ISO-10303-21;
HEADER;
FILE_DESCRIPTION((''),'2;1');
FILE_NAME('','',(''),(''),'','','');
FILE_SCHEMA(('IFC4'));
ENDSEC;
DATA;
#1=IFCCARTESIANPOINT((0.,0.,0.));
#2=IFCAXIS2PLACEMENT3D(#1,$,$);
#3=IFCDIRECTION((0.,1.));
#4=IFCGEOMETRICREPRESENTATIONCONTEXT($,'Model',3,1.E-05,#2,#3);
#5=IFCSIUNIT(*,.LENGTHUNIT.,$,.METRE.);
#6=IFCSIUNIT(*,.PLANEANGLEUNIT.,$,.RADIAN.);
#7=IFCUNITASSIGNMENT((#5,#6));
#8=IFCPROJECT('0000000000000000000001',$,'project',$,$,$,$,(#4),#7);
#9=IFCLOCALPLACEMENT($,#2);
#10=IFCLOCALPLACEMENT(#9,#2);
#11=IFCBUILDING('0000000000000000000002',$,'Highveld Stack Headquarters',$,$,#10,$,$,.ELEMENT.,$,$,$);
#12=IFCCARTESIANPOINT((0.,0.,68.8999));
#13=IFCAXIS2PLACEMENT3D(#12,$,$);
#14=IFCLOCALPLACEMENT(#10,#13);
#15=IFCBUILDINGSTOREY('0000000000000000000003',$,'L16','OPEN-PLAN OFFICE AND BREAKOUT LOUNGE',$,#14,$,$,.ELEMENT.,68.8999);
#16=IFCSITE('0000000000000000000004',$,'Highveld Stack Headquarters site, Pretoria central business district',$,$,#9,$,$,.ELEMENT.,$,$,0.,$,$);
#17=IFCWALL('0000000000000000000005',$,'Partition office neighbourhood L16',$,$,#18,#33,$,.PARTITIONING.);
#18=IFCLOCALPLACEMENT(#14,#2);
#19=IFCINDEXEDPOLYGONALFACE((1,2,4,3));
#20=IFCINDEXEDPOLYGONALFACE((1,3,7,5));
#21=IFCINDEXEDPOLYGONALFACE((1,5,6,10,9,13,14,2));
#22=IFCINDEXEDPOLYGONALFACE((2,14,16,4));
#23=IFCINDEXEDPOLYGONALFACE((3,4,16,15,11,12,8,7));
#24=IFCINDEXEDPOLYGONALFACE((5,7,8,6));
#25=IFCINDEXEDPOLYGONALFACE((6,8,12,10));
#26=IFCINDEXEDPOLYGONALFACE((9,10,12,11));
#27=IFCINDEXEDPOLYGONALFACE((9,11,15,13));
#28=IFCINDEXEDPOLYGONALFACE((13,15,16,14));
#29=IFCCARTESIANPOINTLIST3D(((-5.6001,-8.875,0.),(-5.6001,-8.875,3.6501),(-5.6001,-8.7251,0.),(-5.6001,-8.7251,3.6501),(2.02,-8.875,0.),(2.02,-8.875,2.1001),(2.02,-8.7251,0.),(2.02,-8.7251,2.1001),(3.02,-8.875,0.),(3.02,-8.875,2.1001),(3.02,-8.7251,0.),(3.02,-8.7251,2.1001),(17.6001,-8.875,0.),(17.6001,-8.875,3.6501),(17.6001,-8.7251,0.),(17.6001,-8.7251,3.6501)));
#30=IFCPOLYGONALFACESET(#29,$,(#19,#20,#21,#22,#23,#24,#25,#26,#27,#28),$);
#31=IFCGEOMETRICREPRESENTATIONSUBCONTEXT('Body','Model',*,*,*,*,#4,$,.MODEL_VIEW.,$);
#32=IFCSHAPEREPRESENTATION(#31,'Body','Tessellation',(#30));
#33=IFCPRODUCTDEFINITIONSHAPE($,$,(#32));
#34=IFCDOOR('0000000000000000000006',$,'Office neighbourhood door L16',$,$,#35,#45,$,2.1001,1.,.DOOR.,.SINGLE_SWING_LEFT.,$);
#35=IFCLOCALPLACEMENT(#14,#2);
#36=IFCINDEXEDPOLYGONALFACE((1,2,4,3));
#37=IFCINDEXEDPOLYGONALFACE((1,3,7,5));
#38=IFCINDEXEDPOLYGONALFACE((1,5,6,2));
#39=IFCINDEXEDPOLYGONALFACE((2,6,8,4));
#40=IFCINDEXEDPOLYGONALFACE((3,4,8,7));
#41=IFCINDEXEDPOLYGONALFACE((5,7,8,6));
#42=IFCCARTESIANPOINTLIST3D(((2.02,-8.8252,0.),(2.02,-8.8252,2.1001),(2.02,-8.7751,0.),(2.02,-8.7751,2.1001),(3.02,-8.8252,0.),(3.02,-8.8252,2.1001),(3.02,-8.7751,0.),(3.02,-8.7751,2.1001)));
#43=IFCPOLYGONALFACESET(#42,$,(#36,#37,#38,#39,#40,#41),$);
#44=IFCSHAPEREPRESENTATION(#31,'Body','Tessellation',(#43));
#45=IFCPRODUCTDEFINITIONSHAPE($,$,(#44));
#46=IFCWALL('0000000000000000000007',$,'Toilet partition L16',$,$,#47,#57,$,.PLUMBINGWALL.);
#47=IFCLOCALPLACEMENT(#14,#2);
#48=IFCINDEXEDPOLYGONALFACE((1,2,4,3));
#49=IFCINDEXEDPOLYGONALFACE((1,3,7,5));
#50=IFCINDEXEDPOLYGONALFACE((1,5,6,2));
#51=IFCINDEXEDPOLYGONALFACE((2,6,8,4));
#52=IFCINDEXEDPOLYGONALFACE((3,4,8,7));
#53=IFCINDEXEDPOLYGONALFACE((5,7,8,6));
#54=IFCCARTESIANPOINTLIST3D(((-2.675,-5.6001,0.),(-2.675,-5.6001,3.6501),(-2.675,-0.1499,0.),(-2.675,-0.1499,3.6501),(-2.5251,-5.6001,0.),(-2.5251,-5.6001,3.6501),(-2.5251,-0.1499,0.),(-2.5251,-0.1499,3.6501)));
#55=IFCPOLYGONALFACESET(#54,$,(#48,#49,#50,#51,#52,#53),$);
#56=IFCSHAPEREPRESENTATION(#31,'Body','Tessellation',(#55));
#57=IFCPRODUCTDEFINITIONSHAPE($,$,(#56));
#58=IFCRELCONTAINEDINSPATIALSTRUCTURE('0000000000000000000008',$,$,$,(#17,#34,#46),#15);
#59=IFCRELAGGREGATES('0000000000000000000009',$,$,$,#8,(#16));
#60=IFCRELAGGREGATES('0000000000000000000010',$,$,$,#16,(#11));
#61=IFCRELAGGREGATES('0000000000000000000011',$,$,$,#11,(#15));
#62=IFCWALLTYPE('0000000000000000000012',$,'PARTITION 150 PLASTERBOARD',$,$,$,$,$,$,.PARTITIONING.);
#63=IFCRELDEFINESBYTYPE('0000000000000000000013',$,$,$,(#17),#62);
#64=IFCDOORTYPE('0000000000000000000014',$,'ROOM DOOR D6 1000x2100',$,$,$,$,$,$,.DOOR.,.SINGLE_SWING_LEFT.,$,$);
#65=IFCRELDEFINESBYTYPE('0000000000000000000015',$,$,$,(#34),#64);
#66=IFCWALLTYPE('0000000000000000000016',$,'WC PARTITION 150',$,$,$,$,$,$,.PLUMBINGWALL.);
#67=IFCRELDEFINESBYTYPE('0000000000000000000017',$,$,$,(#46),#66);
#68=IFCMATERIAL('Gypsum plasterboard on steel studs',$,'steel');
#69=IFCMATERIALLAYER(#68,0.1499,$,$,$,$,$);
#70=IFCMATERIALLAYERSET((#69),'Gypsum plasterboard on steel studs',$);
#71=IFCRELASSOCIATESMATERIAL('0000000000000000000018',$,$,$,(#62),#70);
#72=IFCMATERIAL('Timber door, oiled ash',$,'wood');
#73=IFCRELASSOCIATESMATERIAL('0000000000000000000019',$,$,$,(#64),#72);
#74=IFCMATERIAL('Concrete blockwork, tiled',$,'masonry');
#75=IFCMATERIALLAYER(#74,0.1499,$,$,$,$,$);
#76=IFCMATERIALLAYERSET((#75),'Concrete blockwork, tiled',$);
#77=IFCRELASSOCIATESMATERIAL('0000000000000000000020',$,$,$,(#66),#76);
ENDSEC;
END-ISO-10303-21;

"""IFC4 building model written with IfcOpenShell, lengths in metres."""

from ifc_helpers import new_model, si_unit, direction, frame, frame_2d, origin, place, context, subcontext, project, spatial, rectangle, extrude, material, layer, layer_set, type_object, element, fill, save


model = new_model("IFC4")

# Units and contexts
model_context = context("Model", 3, precision=1e-05, world=origin(), true_north=direction((0.0, 1.0)))
body_context = subcontext(model_context, "Body", "Model", "MODEL_VIEW")
ifc_project = project(units=[si_unit("LENGTHUNIT", "METRE"), si_unit("PLANEANGLEUNIT", "RADIAN")], contexts=[model_context])

# Site, building, storey
site_placement = place(None, origin())
site = spatial("IfcSite", under=ifc_project, at=site_placement, Name="Highveld Stack Headquarters site, Pretoria central business district", CompositionType="ELEMENT", RefElevation=0.0)
building_placement = place(site_placement, origin())
building = spatial("IfcBuilding", under=site, at=building_placement, Name="Highveld Stack Headquarters", CompositionType="ELEMENT")
storey_placement = place(building_placement, frame((0.0, 0.0, 68.8999)))
storey = spatial("IfcBuildingStorey", under=building, at=storey_placement, Name="L16", Description="OPEN-PLAN OFFICE AND BREAKOUT LOUNGE", CompositionType="ELEMENT", Elevation=68.8999)

# Shared definitions
ifc_material_1 = material(Name="Gypsum plasterboard on steel studs", Category="steel")
ifc_layer_1 = layer(ifc_material_1, 0.1499)
ifc_layer_set_1 = layer_set([ifc_layer_1], Name="Gypsum plasterboard on steel studs")
wall_type_1 = type_object("IfcWallType", Name="PARTITION 150 PLASTERBOARD", PredefinedType="PARTITIONING", material=ifc_layer_set_1)
ifc_material_2 = material(Name="Timber door, oiled ash", Category="wood")
door_type_1 = type_object("IfcDoorType", Name="ROOM DOOR D6 1000x2100", OperationType="SINGLE_SWING_LEFT", PredefinedType="DOOR", material=ifc_material_2)

# Wall, opening, door
wall_1_placement = place(storey_placement, frame((-5.6001, -8.8, 0.0), z_axis=(0.0, 0.0, 1.0), x_axis=(1.0, 0.0, 0.0)))
wall_1 = element("IfcWall", 1, at=wall_1_placement, inside=storey, type_object=wall_type_1, Name="Partition office neighbourhood L16", PredefinedType="PARTITIONING", context=body_context, shape_type="SweptSolid", body=[
    extrude(rectangle(XDim=23.2002, YDim=0.1499, at=frame_2d((11.6001, 0.0))), origin(), (0.0, 0.0, 1.0), 3.6501),
])
opening_1_placement = place(wall_1_placement, frame((7.6201, 0.0, 0.0)))
opening_1 = element("IfcOpeningElement", 2, at=opening_1_placement, cuts=wall_1, PredefinedType="OPENING", context=body_context, shape_type="SweptSolid", body=[
    extrude(rectangle(XDim=1.0, YDim=2.1001, at=frame_2d((0.5, 1.05))), frame((0.0, 0.085, 0.0), z_axis=(0.0, -1.0, 0.0), x_axis=(1.0, 0.0, 0.0)), (0.0, 0.0, 1.0), 0.1699),
])
door_1_placement = place(opening_1_placement, origin())
door_1 = element("IfcDoor", 3, at=door_1_placement, inside=storey, type_object=door_type_1, Name="Office neighbourhood door L16", OperationType="SINGLE_SWING_LEFT", OverallHeight=2.1001, OverallWidth=1.0, PredefinedType="DOOR", context=body_context, shape_type="SweptSolid", body=[
    extrude(rectangle(XDim=1.0, YDim=2.1001, at=frame_2d((0.5, 1.05))), frame((0.0, 0.0249, 0.0), z_axis=(0.0, -1.0, 0.0), x_axis=(1.0, 0.0, 0.0)), (0.0, 0.0, 1.0), 0.05),
])
fill(opening_1, door_1)

# Wall
ifc_material_3 = material(Name="Concrete blockwork, tiled", Category="masonry")
ifc_layer_2 = layer(ifc_material_3, 0.1499)
ifc_layer_set_2 = layer_set([ifc_layer_2], Name="Concrete blockwork, tiled")
wall_type_2 = type_object("IfcWallType", Name="WC PARTITION 150", PredefinedType="PLUMBINGWALL", material=ifc_layer_set_2)
wall_2_placement = place(storey_placement, frame((-2.6001, -5.6001, 0.0), z_axis=(0.0, 0.0, 1.0), x_axis=(0.0, 1.0, 0.0)))
element("IfcWall", 4, at=wall_2_placement, inside=storey, type_object=wall_type_2, Name="Toilet partition L16", PredefinedType="PLUMBINGWALL", context=body_context, shape_type="SweptSolid", body=[
    extrude(rectangle(XDim=5.4502, YDim=0.1499, at=frame_2d((2.7251, 0.0))), origin(), (0.0, 0.0, 1.0), 3.6501),
])

save(model, "model.ifc")
